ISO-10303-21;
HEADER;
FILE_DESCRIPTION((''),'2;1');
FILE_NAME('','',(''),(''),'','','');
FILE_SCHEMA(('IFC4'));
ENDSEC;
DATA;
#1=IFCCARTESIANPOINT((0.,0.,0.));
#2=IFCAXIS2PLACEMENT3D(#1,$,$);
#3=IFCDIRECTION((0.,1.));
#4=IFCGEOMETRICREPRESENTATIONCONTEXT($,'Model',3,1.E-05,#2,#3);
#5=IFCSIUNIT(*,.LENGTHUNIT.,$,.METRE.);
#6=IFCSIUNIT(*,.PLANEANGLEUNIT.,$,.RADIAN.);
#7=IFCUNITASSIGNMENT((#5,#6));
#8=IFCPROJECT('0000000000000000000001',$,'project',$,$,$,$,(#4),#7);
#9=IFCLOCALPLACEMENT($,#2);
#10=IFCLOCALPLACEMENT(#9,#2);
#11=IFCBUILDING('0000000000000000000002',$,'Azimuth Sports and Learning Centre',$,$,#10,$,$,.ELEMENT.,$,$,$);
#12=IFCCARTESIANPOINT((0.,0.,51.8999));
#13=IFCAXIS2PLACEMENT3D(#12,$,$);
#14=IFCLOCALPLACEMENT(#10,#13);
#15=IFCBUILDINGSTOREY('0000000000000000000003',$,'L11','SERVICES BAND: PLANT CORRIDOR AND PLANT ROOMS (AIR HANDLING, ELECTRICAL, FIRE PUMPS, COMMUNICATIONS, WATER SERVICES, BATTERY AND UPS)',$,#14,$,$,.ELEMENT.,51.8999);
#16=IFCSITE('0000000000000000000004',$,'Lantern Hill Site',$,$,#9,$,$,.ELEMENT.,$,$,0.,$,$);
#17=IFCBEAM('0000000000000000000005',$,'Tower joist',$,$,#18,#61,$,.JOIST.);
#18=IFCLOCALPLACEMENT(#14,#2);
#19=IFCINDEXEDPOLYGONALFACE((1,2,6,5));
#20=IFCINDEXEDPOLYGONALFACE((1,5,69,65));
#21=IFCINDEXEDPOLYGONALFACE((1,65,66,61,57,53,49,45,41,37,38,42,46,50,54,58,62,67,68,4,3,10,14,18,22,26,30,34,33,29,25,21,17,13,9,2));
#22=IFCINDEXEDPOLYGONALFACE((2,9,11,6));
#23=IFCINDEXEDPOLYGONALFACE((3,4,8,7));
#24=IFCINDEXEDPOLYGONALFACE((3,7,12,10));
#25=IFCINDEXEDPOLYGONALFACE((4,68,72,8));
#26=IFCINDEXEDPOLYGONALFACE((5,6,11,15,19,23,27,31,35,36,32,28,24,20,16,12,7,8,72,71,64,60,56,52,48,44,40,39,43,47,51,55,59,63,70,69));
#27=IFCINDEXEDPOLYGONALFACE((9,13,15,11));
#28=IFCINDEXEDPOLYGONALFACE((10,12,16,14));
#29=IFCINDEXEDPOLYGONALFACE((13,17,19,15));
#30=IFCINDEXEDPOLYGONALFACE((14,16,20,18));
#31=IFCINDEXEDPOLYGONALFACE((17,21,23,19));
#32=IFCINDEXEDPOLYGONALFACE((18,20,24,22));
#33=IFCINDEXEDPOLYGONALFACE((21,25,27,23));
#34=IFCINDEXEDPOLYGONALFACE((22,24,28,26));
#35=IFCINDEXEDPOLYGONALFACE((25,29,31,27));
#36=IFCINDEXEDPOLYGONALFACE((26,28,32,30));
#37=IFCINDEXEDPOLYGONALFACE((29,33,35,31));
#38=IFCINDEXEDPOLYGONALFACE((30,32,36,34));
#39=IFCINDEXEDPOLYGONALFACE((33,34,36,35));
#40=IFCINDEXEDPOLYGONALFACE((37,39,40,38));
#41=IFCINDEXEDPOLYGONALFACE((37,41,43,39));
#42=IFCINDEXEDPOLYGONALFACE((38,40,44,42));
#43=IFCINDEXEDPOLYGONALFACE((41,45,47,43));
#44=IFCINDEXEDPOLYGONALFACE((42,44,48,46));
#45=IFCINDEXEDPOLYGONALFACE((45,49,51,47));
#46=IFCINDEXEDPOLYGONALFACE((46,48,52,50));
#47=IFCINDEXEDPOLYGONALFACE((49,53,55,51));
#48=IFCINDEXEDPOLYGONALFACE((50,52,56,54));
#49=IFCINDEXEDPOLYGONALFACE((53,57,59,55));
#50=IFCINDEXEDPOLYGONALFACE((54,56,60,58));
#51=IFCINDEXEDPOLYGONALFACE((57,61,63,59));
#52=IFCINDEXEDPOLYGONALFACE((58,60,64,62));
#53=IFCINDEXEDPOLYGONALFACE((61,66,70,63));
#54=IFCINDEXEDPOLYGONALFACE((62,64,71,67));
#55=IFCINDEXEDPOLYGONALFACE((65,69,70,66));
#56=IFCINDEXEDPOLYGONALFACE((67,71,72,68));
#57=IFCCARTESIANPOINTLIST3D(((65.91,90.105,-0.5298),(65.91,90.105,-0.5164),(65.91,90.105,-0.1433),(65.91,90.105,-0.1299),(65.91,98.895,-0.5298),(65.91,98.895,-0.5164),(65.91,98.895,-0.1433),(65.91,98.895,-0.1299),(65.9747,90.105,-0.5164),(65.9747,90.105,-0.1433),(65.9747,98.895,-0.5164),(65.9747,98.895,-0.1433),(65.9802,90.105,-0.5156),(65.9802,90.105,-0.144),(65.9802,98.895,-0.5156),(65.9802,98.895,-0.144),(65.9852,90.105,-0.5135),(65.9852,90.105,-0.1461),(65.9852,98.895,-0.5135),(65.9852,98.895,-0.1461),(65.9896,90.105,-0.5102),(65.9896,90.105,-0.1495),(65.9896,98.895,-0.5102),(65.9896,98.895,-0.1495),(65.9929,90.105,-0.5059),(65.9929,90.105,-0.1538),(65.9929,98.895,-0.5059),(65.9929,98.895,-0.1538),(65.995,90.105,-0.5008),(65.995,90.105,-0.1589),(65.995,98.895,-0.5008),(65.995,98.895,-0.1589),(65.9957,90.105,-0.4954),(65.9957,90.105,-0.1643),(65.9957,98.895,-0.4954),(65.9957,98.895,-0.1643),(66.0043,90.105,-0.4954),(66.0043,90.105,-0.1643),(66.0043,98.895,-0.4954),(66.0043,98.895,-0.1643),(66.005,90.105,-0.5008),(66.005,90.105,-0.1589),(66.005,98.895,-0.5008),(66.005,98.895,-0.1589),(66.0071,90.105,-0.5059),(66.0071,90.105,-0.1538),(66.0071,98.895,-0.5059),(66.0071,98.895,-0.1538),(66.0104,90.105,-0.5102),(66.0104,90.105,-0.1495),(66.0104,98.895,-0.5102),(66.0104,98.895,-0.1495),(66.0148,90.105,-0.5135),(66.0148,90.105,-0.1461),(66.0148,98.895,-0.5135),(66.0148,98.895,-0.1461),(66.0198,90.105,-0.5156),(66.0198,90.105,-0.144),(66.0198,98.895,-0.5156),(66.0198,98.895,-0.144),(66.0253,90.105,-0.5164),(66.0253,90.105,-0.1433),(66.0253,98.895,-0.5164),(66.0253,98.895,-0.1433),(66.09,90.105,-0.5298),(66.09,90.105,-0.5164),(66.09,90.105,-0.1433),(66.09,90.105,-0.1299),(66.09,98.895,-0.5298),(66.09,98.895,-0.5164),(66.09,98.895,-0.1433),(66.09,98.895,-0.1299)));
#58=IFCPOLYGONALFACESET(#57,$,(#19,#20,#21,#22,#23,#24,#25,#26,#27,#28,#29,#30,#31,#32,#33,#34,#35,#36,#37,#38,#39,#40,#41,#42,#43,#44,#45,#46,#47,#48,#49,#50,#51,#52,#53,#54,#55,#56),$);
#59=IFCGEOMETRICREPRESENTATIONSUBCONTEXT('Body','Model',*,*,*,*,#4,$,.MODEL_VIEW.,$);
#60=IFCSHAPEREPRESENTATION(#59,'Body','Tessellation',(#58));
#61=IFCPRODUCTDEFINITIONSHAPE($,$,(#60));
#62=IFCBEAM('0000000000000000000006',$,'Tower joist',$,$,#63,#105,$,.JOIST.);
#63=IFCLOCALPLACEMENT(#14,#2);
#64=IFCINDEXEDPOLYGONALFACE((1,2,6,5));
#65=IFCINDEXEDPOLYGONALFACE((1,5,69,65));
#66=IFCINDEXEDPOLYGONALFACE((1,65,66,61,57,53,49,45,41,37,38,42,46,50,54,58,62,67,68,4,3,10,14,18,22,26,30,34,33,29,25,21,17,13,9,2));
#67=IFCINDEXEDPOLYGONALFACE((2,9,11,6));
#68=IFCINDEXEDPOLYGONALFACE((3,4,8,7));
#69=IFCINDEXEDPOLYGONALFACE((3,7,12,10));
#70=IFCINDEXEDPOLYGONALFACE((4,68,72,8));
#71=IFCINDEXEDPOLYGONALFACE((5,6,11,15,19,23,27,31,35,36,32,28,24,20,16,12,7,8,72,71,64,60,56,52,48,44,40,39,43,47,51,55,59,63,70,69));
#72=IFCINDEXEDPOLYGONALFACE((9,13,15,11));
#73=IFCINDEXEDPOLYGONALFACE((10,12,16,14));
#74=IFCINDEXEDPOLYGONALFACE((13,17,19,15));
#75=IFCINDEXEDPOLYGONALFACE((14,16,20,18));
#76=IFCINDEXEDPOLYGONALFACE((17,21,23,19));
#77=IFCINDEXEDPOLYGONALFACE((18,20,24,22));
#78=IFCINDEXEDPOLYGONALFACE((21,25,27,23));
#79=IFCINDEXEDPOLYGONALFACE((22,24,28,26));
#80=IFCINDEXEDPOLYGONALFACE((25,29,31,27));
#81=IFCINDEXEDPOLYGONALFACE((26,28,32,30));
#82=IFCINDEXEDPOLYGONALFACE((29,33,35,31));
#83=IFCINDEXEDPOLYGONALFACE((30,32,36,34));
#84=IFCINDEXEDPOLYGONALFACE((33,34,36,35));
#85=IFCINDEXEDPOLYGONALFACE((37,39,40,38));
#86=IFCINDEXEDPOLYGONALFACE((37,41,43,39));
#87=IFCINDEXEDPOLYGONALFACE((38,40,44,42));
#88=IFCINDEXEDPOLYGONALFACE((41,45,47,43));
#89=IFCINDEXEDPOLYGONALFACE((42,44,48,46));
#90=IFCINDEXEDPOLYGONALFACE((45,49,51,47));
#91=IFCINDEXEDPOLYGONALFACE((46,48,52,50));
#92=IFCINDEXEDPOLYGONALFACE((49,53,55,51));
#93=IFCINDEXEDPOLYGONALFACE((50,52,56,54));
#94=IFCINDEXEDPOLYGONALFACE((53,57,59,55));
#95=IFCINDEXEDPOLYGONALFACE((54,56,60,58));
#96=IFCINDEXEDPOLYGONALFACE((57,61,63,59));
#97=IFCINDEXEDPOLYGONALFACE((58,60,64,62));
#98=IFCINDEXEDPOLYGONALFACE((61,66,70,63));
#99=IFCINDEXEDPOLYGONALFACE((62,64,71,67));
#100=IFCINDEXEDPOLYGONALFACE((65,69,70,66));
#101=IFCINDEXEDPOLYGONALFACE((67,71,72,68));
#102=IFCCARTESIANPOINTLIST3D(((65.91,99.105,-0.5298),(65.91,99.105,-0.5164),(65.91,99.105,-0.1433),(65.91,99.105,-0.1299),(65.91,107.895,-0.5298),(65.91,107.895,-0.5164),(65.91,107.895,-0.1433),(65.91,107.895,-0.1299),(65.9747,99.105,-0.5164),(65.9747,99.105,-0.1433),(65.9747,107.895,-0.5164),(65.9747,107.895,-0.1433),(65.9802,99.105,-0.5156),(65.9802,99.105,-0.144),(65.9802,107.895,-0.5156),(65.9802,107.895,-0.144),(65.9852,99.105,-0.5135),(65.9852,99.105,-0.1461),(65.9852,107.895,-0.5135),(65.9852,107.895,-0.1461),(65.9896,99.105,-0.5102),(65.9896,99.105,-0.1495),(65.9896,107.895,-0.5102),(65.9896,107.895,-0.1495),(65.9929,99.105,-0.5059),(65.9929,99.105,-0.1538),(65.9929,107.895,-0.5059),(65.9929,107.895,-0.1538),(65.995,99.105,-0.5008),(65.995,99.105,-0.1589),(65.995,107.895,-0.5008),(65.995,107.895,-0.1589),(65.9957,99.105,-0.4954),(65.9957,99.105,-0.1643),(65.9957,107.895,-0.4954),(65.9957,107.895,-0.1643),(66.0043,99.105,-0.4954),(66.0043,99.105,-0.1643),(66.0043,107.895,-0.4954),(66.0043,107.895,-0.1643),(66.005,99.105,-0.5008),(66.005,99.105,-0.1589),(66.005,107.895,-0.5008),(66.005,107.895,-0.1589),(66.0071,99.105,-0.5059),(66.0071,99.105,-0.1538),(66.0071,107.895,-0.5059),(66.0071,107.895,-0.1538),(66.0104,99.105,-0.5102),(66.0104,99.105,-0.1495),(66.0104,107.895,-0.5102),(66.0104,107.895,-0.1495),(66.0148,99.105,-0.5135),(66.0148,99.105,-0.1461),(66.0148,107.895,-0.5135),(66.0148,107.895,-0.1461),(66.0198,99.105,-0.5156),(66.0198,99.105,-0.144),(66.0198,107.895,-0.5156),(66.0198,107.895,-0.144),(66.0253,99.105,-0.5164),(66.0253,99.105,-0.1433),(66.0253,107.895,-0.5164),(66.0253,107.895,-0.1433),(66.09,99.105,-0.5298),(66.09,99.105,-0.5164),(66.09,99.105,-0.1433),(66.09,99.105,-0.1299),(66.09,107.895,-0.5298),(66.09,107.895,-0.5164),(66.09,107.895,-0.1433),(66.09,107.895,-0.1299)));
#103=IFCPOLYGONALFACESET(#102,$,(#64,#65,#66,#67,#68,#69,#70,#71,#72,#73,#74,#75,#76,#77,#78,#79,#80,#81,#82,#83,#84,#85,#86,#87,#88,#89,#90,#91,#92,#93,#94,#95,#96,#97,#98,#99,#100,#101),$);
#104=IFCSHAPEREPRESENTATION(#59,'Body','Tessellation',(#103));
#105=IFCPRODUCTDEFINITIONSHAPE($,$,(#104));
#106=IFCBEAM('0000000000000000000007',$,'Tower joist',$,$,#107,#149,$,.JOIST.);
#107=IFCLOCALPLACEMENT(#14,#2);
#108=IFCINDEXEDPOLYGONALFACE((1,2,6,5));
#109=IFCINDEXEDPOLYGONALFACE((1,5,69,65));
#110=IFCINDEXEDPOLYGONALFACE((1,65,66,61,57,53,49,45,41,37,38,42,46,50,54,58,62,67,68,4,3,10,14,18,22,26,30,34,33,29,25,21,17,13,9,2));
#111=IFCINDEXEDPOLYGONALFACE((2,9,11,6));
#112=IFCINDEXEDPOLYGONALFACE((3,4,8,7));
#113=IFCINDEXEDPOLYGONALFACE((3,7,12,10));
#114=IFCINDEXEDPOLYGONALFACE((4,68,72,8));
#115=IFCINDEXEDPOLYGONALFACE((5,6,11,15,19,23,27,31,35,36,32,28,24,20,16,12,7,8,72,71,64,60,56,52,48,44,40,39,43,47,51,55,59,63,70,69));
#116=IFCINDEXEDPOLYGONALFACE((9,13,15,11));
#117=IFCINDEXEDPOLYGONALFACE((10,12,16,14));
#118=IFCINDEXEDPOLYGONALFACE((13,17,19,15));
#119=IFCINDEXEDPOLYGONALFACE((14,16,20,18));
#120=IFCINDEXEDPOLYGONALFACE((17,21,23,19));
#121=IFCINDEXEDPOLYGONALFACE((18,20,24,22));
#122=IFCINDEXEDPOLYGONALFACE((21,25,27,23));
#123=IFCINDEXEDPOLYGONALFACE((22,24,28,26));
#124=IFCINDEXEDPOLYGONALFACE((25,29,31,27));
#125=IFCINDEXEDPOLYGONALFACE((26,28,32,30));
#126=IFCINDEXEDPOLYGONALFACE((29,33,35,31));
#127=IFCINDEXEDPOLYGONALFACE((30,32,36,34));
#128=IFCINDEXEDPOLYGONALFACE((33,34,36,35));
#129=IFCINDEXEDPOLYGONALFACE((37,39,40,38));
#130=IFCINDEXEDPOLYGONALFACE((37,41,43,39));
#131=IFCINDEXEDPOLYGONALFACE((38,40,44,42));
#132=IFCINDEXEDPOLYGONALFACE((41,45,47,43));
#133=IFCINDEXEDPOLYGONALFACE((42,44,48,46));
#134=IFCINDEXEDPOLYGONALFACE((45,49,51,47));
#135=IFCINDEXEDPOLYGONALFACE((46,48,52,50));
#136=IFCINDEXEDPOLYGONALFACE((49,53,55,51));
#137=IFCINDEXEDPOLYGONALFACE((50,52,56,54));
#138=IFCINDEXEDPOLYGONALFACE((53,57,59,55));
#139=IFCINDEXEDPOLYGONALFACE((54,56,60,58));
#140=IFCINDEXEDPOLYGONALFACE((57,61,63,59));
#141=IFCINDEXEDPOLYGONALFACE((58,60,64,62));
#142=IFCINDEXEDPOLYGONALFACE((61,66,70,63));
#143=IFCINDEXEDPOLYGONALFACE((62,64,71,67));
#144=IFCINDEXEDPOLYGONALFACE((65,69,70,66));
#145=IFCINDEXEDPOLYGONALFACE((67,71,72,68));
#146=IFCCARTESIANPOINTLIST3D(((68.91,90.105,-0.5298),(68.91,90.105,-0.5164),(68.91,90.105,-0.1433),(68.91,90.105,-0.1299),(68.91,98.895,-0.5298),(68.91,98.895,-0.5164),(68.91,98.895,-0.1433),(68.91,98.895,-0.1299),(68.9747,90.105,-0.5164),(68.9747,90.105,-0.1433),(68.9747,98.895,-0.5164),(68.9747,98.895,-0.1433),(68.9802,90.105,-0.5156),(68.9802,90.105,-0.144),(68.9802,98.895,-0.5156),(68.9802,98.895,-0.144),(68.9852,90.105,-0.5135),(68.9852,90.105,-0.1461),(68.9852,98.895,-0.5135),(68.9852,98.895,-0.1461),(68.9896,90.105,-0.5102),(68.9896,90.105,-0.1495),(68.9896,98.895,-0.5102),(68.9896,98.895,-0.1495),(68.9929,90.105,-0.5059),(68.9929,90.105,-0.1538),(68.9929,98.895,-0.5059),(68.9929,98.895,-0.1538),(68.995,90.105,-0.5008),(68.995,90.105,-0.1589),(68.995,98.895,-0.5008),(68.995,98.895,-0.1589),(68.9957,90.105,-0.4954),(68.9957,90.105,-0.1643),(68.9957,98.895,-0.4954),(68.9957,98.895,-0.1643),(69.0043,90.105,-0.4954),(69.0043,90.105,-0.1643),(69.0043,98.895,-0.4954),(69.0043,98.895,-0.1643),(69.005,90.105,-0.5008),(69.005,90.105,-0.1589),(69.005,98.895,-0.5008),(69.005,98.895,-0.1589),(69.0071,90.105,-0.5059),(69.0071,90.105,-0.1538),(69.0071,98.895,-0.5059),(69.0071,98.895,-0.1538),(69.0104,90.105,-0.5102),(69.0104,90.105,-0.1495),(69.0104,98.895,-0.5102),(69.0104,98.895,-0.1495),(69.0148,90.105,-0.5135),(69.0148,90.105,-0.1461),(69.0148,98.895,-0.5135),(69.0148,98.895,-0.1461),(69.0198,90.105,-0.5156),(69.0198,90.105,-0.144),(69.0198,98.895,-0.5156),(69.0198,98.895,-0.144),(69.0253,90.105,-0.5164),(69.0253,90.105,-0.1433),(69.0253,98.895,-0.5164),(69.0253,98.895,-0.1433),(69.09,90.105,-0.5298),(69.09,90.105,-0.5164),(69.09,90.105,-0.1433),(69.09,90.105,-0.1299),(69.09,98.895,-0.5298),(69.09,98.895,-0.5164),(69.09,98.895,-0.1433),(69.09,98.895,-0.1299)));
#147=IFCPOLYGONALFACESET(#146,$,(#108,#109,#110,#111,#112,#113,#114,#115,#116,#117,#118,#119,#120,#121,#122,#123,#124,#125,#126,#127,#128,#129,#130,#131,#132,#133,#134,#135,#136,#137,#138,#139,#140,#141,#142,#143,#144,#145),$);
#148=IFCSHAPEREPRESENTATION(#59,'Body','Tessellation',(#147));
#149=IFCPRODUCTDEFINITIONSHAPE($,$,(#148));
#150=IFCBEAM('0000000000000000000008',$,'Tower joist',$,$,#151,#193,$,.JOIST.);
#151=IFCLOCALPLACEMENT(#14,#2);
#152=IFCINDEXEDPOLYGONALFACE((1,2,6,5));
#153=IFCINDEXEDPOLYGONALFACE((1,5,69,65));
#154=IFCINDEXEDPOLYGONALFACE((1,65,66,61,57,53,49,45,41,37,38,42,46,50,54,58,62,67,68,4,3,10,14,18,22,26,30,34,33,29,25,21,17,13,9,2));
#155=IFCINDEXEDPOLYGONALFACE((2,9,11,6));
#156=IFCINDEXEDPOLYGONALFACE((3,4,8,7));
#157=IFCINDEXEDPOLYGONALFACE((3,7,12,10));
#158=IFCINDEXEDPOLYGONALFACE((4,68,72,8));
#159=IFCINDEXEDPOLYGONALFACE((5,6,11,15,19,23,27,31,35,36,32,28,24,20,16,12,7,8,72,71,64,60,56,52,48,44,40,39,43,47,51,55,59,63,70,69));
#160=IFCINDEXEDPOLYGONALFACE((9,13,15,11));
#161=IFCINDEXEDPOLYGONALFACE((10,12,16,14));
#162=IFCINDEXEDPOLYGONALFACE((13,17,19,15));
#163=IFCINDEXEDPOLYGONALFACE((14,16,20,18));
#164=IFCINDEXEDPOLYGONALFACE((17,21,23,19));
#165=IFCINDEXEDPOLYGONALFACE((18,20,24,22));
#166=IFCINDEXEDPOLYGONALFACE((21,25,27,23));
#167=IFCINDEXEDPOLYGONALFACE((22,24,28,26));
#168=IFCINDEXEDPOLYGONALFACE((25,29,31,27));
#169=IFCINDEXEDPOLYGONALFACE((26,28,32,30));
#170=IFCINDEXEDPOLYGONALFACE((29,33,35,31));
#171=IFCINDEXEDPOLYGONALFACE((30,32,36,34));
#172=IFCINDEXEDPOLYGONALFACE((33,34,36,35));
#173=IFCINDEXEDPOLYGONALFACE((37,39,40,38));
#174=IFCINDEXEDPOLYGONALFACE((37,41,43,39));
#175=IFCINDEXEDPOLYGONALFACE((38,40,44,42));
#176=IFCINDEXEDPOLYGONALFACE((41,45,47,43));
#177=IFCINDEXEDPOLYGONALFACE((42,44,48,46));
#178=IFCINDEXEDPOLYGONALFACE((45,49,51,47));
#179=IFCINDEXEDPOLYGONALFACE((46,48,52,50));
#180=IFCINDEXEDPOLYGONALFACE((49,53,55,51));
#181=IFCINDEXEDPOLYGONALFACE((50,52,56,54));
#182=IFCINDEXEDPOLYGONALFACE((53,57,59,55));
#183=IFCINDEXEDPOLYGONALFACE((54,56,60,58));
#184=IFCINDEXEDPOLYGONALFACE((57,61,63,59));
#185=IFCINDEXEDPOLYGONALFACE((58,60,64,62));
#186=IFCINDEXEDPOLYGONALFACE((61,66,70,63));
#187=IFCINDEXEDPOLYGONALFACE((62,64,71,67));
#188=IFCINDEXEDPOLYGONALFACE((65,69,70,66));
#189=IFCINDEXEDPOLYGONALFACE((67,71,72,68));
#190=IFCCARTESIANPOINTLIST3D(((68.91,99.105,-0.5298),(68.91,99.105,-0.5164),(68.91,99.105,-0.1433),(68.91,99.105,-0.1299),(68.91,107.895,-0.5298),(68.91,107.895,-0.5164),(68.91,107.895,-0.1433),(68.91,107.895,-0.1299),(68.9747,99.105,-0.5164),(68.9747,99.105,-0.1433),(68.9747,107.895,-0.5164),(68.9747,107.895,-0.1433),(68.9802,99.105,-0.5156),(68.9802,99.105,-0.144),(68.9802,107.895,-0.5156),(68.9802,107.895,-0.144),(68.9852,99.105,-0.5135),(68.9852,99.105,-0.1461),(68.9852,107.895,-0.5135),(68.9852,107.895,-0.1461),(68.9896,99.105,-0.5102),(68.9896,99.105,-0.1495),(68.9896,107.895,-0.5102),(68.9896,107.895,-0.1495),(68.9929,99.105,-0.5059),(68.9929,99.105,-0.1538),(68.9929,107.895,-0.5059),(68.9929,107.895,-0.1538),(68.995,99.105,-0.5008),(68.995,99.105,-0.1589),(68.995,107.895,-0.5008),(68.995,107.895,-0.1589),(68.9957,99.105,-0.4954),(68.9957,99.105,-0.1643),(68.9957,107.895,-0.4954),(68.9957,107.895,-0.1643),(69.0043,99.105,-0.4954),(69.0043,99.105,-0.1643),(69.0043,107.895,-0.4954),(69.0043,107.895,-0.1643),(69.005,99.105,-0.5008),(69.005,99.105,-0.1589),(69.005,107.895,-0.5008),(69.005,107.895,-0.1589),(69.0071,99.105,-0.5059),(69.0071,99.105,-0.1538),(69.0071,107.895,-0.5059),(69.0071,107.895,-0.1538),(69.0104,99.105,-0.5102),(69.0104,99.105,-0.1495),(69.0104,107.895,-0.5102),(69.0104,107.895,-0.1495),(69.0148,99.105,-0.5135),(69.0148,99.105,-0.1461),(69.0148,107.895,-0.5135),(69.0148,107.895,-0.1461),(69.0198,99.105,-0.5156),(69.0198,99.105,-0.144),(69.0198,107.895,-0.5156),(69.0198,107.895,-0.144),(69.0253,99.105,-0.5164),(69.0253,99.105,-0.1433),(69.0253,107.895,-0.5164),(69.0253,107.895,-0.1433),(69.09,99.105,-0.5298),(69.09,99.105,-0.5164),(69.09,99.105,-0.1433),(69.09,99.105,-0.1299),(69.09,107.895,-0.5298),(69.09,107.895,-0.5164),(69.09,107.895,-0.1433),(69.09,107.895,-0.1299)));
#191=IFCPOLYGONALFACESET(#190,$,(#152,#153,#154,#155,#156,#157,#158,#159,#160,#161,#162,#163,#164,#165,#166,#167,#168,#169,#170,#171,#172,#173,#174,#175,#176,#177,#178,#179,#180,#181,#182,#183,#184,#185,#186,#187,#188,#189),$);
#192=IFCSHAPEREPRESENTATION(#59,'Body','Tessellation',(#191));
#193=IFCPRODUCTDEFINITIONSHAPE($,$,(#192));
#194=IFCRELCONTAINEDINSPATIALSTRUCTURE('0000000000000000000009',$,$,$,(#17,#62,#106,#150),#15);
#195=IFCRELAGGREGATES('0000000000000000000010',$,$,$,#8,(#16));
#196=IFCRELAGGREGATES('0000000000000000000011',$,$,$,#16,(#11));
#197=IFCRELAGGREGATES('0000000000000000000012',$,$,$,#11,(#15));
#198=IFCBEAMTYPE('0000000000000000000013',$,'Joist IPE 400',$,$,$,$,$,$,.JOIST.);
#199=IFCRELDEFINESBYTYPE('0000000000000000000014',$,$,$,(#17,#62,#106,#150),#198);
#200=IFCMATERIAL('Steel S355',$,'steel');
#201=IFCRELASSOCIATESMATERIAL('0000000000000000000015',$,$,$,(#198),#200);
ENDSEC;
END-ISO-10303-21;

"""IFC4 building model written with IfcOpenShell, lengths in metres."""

from ifc_helpers import new_model, si_unit, direction, frame, origin, origin_2d, place, context, subcontext, project, spatial, i_section, extrude, material, material_profile, profile_set, type_object, element, save


model = new_model("IFC4")

# Units and contexts
model_context = context("Model", 3, precision=1e-05, world=origin(), true_north=direction((0.0, 1.0)))
body_context = subcontext(model_context, "Body", "Model", "MODEL_VIEW")
ifc_project = project(units=[si_unit("LENGTHUNIT", "METRE"), si_unit("PLANEANGLEUNIT", "RADIAN")], contexts=[model_context])

# Site, building, storey
site_placement = place(None, origin())
site = spatial("IfcSite", under=ifc_project, at=site_placement, Name="Lantern Hill Site", CompositionType="ELEMENT", RefElevation=0.0)
building_placement = place(site_placement, origin())
building = spatial("IfcBuilding", under=site, at=building_placement, Name="Azimuth Sports and Learning Centre", CompositionType="ELEMENT")
storey_placement = place(building_placement, frame((0.0, 0.0, 51.8999)))
storey = spatial("IfcBuildingStorey", under=building, at=storey_placement, Name="L11", Description="SERVICES BAND: PLANT CORRIDOR AND PLANT ROOMS (AIR HANDLING, ELECTRICAL, FIRE PUMPS, COMMUNICATIONS, WATER SERVICES, BATTERY AND UPS)", CompositionType="ELEMENT", Elevation=51.8999)

# Beams
ifc_material_1 = material(Name="Steel S355", Category="steel")
ifc_material_profile_1 = material_profile(ifc_material_1, i_section(OverallWidth=0.1799, OverallDepth=0.3999, WebThickness=0.0085, FlangeThickness=0.0134, FilletRadius=0.021, at=origin_2d()), Name="IPE 400")
ifc_profile_set_1 = profile_set([ifc_material_profile_1], Name="Steel S355")
beam_type_1 = type_object("IfcBeamType", Name="Joist IPE 400", PredefinedType="JOIST", material=ifc_profile_set_1)
for number, where, z_axis, x_axis, name in (
    (1, (66.0, 90.105, -0.3298), (0.0, 1.0, 0.0), (-1.0, 0.0, 0.0), "Tower joist"),
    (2, (66.0, 99.105, -0.3298), (0.0, 1.0, 0.0), (-1.0, 0.0, 0.0), "Tower joist"),
    (3, (69.0, 90.105, -0.3298), (0.0, 1.0, 0.0), (-1.0, 0.0, 0.0), "Tower joist"),
    (4, (69.0, 99.105, -0.3298), (0.0, 1.0, 0.0), (-1.0, 0.0, 0.0), "Tower joist"),
):
    element("IfcBeam", number, at=place(storey_placement, frame(where, z_axis=z_axis, x_axis=x_axis)), inside=storey, type_object=beam_type_1, Name=name, PredefinedType="JOIST", context=body_context, shape_type="SweptSolid", body=[
        extrude(i_section(OverallWidth=0.1799, OverallDepth=0.3999, WebThickness=0.0085, FlangeThickness=0.0134, FilletRadius=0.021, at=origin_2d()), origin(), (0.0, 0.0, 1.0), 8.79),
    ])

save(model, "model.ifc")
